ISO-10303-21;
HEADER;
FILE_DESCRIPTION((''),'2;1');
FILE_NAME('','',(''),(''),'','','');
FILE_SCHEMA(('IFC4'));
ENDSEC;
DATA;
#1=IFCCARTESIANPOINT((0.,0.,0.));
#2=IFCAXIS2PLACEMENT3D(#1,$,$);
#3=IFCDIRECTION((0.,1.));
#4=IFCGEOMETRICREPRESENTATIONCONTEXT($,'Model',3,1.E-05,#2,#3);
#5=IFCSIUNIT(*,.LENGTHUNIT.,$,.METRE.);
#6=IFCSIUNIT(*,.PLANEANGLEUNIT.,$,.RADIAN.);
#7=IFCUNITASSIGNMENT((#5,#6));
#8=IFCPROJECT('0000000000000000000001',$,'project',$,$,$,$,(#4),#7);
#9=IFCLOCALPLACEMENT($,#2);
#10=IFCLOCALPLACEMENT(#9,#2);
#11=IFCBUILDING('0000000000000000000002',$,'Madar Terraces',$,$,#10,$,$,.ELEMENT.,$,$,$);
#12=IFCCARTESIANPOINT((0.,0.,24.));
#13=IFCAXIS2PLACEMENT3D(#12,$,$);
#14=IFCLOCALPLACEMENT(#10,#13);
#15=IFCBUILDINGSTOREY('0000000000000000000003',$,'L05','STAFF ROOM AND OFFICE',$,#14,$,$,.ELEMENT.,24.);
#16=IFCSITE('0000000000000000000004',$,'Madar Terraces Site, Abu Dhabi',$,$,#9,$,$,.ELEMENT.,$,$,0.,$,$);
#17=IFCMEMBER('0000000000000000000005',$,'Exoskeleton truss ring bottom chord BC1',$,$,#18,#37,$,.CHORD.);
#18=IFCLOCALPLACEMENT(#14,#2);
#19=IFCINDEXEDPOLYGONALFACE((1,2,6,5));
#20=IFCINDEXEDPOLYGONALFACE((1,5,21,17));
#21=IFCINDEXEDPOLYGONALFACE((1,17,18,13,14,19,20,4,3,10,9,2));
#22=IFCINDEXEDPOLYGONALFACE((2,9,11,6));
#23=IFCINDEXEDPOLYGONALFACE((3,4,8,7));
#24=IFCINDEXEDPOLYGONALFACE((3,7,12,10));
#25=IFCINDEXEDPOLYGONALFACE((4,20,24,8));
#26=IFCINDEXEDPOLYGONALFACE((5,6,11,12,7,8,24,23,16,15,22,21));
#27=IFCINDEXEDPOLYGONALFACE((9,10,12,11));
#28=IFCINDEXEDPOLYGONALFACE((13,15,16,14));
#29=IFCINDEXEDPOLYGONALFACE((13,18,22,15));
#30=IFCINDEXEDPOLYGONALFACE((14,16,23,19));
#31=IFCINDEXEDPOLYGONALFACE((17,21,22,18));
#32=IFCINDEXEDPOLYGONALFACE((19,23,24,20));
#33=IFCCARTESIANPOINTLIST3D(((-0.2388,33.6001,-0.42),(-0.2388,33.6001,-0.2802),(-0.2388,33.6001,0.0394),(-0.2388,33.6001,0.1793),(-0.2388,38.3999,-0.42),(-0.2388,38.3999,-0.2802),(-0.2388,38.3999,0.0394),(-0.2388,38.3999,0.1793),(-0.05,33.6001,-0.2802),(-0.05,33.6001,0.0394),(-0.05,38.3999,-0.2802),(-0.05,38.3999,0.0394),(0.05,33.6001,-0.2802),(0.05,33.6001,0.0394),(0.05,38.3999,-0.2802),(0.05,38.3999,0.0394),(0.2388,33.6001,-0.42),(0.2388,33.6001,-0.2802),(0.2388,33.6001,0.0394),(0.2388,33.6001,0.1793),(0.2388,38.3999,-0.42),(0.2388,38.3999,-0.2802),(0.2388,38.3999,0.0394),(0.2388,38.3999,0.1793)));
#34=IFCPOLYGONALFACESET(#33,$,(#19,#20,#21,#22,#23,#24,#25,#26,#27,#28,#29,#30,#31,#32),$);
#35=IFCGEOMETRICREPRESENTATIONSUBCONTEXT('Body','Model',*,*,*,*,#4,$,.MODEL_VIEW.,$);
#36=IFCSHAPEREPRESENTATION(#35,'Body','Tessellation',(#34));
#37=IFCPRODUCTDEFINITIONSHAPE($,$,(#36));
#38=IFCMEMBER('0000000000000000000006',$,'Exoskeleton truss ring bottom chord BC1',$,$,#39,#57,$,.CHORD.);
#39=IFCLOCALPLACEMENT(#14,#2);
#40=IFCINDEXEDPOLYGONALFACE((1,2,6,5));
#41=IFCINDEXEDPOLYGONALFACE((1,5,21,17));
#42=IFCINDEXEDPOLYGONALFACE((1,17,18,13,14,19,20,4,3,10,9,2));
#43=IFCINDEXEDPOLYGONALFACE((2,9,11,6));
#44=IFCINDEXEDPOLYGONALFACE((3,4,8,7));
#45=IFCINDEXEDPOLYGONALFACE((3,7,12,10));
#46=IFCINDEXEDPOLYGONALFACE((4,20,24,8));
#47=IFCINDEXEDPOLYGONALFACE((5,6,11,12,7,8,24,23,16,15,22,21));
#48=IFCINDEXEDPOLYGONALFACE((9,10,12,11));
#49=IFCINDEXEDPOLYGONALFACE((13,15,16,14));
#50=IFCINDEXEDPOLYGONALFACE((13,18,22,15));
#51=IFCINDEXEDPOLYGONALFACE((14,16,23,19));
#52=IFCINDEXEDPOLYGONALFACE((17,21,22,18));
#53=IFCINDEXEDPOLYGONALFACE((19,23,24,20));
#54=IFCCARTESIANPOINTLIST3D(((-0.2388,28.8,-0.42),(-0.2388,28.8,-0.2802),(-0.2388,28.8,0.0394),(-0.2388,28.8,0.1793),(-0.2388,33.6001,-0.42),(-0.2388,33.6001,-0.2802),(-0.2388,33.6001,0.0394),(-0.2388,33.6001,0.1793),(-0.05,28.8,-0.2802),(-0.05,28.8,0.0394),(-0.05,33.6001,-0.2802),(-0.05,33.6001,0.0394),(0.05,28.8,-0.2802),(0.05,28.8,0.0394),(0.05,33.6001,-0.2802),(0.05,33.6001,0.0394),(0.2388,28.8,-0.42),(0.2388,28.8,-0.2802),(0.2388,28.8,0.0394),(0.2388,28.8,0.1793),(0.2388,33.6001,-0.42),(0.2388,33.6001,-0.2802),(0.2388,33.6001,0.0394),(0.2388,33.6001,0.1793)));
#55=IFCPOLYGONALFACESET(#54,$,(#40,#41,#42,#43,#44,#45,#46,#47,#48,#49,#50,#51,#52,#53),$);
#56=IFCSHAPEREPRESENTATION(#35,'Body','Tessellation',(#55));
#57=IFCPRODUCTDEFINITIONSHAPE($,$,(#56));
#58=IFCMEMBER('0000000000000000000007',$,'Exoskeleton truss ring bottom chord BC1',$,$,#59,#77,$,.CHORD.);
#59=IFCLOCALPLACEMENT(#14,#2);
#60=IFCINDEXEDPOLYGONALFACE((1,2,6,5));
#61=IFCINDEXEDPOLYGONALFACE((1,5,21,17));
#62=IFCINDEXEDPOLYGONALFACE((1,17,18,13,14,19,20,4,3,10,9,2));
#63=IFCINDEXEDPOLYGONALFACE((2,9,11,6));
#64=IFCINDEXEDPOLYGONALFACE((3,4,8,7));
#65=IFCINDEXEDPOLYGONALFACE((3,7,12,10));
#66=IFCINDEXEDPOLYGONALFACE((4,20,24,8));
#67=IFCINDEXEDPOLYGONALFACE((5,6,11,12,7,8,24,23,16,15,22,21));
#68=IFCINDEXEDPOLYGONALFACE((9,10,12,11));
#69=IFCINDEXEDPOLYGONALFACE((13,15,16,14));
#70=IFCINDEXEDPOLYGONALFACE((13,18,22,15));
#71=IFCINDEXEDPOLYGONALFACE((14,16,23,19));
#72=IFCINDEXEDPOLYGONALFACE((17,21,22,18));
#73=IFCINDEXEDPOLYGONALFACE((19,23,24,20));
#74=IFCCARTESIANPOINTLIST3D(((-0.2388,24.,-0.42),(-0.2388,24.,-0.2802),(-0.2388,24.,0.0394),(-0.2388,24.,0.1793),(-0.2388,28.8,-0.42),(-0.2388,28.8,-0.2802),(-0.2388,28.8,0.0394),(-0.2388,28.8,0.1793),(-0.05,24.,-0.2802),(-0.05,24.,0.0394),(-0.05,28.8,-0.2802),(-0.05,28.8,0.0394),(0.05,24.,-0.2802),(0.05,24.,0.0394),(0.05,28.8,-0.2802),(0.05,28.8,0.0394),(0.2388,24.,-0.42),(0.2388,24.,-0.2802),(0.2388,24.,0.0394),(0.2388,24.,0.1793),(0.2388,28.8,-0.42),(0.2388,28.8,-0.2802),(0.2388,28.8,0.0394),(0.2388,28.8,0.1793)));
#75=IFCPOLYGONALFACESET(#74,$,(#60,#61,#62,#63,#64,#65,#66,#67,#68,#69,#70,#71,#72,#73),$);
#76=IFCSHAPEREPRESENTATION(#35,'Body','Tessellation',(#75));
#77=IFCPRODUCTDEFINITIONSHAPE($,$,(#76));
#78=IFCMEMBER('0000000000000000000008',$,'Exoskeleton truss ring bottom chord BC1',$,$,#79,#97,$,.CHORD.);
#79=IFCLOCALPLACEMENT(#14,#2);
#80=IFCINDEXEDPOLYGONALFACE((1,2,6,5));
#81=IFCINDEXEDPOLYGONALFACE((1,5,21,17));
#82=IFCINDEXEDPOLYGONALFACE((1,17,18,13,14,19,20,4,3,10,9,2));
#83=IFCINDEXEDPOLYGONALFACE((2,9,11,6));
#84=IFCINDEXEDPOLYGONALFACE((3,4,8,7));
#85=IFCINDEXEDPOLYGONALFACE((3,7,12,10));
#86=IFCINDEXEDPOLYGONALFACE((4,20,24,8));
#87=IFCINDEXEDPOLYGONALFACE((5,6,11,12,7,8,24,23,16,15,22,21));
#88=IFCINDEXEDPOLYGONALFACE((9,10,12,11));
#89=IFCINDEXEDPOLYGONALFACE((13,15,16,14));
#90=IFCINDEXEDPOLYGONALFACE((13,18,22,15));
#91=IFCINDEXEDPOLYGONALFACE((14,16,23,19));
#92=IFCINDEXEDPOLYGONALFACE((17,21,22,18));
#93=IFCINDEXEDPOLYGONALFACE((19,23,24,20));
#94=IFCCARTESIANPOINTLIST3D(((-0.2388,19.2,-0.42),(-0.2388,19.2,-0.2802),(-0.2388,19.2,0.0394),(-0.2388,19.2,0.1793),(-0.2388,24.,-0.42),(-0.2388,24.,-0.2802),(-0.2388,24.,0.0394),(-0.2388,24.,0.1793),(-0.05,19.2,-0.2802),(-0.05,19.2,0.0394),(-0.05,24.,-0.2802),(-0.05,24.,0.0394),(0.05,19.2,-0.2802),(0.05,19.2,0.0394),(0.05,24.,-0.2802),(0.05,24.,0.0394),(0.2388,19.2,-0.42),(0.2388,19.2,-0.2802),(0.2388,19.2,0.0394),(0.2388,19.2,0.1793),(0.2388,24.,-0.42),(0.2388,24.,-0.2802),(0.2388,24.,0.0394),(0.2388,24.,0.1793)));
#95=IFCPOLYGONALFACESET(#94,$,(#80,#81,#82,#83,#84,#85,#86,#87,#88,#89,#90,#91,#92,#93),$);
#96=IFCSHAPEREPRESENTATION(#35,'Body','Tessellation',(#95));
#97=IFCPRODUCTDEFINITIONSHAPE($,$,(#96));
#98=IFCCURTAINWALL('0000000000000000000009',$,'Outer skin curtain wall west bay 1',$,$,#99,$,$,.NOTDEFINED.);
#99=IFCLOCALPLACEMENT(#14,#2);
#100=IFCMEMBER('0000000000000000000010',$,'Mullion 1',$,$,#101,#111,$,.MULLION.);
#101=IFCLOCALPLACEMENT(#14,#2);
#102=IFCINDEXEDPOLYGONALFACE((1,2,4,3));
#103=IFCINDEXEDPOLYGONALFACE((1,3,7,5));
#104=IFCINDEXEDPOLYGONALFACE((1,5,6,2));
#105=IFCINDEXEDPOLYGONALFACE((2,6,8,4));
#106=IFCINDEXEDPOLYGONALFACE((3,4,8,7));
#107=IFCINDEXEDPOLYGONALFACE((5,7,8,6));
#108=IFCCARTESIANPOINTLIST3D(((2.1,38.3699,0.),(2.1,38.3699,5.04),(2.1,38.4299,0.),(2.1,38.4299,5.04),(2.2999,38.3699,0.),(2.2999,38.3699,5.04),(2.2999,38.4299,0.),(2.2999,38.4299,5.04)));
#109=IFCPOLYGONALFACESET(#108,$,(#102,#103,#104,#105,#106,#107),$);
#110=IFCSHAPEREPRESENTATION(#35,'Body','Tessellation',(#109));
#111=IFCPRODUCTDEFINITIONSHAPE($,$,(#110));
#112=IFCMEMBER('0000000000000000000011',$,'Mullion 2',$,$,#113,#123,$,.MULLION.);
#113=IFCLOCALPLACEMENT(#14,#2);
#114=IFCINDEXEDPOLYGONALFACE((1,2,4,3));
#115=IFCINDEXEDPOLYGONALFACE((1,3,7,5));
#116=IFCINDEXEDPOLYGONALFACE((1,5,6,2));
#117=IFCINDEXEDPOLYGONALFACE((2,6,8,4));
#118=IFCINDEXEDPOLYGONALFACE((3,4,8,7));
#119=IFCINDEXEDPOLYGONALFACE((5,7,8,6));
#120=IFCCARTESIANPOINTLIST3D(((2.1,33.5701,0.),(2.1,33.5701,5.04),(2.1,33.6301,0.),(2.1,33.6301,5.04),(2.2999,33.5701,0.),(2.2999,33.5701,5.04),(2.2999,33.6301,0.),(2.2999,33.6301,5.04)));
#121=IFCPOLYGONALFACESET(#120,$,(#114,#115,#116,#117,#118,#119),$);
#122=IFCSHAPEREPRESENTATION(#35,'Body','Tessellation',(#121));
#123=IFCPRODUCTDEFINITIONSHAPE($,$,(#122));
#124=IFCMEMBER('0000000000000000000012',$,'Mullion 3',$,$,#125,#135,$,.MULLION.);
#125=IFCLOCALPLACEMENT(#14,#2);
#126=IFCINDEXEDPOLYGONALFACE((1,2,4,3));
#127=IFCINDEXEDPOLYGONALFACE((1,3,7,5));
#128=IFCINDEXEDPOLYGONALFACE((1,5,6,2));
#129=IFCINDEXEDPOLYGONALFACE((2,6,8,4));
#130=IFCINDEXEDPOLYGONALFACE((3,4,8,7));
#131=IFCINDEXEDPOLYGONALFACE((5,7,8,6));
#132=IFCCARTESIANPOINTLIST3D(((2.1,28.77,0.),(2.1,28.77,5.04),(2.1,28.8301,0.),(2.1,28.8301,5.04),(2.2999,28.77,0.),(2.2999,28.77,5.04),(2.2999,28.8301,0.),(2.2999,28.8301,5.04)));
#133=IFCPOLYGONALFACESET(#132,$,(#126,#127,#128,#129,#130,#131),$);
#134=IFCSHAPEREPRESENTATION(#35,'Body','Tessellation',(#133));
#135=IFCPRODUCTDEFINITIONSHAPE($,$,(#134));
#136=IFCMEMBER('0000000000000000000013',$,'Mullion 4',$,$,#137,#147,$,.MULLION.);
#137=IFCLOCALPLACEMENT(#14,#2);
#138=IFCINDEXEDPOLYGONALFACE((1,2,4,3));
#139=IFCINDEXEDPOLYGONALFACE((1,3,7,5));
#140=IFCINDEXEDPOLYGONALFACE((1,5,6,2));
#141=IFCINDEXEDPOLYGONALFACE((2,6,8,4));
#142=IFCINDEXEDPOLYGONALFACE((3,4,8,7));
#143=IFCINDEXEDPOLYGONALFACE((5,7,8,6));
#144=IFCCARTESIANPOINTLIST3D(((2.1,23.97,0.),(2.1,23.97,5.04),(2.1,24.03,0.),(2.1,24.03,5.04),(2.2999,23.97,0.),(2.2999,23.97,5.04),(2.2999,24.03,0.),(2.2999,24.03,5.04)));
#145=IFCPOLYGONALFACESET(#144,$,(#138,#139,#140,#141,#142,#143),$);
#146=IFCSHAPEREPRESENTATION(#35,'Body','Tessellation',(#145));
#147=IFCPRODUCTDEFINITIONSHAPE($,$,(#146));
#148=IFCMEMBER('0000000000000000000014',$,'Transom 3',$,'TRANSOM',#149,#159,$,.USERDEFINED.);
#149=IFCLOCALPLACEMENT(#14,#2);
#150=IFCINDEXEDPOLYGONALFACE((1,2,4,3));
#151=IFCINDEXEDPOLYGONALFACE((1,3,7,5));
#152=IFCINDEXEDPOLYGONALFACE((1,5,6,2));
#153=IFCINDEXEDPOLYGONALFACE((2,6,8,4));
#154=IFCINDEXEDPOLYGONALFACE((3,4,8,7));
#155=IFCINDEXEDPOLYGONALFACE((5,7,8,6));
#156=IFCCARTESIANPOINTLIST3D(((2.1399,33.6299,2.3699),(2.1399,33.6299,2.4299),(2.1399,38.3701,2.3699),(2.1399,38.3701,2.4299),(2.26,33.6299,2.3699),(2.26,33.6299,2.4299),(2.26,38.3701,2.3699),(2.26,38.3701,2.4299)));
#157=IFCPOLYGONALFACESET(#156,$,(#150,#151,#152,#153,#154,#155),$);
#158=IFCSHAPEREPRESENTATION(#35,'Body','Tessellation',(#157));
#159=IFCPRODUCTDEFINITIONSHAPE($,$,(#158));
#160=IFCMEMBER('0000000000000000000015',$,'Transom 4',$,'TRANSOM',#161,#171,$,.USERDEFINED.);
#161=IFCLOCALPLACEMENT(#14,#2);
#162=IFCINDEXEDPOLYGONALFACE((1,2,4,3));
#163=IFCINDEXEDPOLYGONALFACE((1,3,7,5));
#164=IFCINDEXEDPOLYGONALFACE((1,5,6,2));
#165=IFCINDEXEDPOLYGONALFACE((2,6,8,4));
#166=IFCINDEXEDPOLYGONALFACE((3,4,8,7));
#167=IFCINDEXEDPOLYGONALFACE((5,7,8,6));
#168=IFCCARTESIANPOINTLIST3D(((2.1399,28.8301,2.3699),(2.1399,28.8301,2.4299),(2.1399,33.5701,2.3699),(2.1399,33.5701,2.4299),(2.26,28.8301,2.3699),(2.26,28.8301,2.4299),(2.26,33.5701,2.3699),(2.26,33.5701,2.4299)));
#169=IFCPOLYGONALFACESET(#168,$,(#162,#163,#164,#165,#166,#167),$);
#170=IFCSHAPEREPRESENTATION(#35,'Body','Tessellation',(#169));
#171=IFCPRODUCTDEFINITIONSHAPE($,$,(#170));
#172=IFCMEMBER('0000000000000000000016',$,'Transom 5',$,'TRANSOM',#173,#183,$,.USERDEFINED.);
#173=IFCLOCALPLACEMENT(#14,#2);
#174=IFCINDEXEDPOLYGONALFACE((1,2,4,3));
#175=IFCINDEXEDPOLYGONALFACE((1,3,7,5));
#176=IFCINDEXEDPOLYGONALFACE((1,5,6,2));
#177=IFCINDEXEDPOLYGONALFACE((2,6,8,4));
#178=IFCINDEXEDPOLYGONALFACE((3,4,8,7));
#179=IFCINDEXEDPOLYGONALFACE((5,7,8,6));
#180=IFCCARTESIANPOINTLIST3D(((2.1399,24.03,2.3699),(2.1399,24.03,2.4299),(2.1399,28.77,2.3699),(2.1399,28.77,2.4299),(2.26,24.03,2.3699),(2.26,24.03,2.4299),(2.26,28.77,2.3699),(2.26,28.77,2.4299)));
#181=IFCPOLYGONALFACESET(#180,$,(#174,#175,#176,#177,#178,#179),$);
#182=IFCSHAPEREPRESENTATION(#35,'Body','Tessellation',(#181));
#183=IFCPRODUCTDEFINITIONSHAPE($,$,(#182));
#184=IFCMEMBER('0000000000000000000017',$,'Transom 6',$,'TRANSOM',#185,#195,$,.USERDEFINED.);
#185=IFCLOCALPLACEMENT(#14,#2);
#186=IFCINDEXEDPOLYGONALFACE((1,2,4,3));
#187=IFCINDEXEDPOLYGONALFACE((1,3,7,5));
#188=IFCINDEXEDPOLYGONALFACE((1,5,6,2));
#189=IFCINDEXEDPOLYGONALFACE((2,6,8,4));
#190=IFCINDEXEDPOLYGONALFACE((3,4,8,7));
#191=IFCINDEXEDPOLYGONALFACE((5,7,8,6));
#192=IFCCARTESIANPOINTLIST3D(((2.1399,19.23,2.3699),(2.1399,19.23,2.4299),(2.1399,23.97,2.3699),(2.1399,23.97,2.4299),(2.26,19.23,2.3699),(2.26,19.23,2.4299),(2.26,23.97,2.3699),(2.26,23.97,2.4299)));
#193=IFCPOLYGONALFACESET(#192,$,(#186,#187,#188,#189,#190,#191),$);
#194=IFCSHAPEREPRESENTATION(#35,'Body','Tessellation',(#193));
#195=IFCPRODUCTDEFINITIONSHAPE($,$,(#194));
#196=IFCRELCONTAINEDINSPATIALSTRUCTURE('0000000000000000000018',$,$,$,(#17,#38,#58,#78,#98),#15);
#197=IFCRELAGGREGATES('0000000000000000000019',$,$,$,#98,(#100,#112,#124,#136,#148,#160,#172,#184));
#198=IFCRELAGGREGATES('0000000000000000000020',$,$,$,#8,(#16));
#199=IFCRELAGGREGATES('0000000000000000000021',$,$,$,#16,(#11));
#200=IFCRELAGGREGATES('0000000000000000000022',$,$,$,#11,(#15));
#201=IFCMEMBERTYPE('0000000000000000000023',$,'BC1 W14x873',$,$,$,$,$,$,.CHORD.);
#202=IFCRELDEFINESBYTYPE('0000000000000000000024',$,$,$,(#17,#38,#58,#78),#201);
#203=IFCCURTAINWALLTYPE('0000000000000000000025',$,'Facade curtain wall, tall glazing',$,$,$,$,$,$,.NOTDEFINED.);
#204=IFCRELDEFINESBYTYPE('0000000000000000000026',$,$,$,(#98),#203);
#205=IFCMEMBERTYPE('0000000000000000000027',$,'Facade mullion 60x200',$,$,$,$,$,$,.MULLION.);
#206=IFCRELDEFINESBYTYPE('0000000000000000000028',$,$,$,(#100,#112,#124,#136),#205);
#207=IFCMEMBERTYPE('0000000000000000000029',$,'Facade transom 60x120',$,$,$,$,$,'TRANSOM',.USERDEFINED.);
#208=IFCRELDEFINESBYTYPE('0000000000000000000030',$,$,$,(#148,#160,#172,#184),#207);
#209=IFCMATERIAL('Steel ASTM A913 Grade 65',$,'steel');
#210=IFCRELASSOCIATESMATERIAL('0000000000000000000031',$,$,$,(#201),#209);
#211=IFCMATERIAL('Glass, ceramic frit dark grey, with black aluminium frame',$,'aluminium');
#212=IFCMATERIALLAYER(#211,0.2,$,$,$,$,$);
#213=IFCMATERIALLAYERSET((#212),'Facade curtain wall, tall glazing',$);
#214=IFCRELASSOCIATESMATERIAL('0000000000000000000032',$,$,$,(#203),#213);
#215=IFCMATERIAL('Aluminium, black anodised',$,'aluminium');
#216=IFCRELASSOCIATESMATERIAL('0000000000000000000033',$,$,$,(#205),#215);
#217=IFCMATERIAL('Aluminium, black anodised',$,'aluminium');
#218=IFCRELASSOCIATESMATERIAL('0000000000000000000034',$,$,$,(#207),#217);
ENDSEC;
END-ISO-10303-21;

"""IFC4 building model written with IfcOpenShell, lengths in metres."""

from ifc_helpers import new_model, si_unit, direction, frame, origin, origin_2d, place, context, subcontext, project, spatial, rectangle, i_section, extrude, material, layer, layer_set, material_profile, profile_set, type_object, element, aggregate, save


model = new_model("IFC4")

# Units and contexts
model_context = context("Model", 3, precision=1e-05, world=origin(), true_north=direction((0.0, 1.0)))
body_context = subcontext(model_context, "Body", "Model", "MODEL_VIEW")
ifc_project = project(units=[si_unit("LENGTHUNIT", "METRE"), si_unit("PLANEANGLEUNIT", "RADIAN")], contexts=[model_context])

# Site, building, storey
site_placement = place(None, origin())
site = spatial("IfcSite", under=ifc_project, at=site_placement, Name="Madar Terraces Site, Abu Dhabi", CompositionType="ELEMENT", RefElevation=0.0)
building_placement = place(site_placement, origin())
building = spatial("IfcBuilding", under=site, at=building_placement, Name="Madar Terraces", CompositionType="ELEMENT")
storey_placement = place(building_placement, frame((0.0, 0.0, 24.0)))
storey = spatial("IfcBuildingStorey", under=building, at=storey_placement, Name="L05", Description="STAFF ROOM AND OFFICE", CompositionType="ELEMENT", Elevation=24.0)

# Members
ifc_material_1 = material(Name="Steel ASTM A913 Grade 65", Category="steel")
ifc_material_profile_1 = material_profile(ifc_material_1, i_section(OverallWidth=0.4775, OverallDepth=0.5994, WebThickness=0.1001, FlangeThickness=0.1399, at=origin_2d()), Name="W14x873")
ifc_profile_set_1 = profile_set([ifc_material_profile_1], Name="Steel ASTM A913 Grade 65")
member_type_1 = type_object("IfcMemberType", Name="BC1 W14x873", PredefinedType="CHORD", material=ifc_profile_set_1)
member_1_placement = place(storey_placement, frame((0.0, 38.3999, -0.1204), z_axis=(0.0, -1.0, 0.0), x_axis=(1.0, 0.0, 0.0)))
element("IfcMember", 1, at=member_1_placement, inside=storey, type_object=member_type_1, Name="Exoskeleton truss ring bottom chord BC1", PredefinedType="CHORD", context=body_context, shape_type="SweptSolid", body=[
    extrude(i_section(OverallWidth=0.4775, OverallDepth=0.5994, WebThickness=0.1001, FlangeThickness=0.1399, at=origin_2d()), origin(), (0.0, 0.0, 1.0), 4.7998),
])
for number, where, z_axis, x_axis, name in (
    (2, (0.0, 33.6001, -0.1204), (0.0, -1.0, 0.0), (1.0, 0.0, 0.0), "Exoskeleton truss ring bottom chord BC1"),
    (3, (0.0, 28.8, -0.1204), (0.0, -1.0, 0.0), (1.0, 0.0, 0.0), "Exoskeleton truss ring bottom chord BC1"),
    (4, (0.0, 24.0, -0.1204), (0.0, -1.0, 0.0), (1.0, 0.0, 0.0), "Exoskeleton truss ring bottom chord BC1"),
):
    element("IfcMember", number, at=place(storey_placement, frame(where, z_axis=z_axis, x_axis=x_axis)), inside=storey, type_object=member_type_1, Name=name, PredefinedType="CHORD", context=body_context, shape_type="SweptSolid", body=[
        extrude(i_section(OverallWidth=0.4775, OverallDepth=0.5994, WebThickness=0.1001, FlangeThickness=0.1399, at=origin_2d()), origin(), (0.0, 0.0, 1.0), 4.8),
    ])

# Curtain wall, members
ifc_material_2 = material(Name="Glass, ceramic frit dark grey, with black aluminium frame", Category="aluminium")
ifc_layer_1 = layer(ifc_material_2, 0.2)
ifc_layer_set_1 = layer_set([ifc_layer_1], Name="Facade curtain wall, tall glazing")
curtain_wall_type = type_object("IfcCurtainWallType", Name="Facade curtain wall, tall glazing", PredefinedType="NOTDEFINED", material=ifc_layer_set_1)
curtain_wall_placement = place(storey_placement, origin())
curtain_wall = element("IfcCurtainWall", 5, at=curtain_wall_placement, inside=storey, type_object=curtain_wall_type, Name="Outer skin curtain wall west bay 1", PredefinedType="NOTDEFINED")
ifc_material_3 = material(Name="Aluminium, black anodised", Category="aluminium")
ifc_material_profile_2 = material_profile(ifc_material_3, rectangle(XDim=0.2, YDim=0.0601, at=origin_2d()), Name="Facade mullion 60x200")
ifc_profile_set_2 = profile_set([ifc_material_profile_2], Name="Aluminium, black anodised")
member_type_2 = type_object("IfcMemberType", Name="Facade mullion 60x200", PredefinedType="MULLION", material=ifc_profile_set_2)
member_2_placement = place(storey_placement, frame((2.2, 38.3999, 0.0), z_axis=(0.0, 0.0, 1.0), x_axis=(1.0, 0.0, 0.0)))
member_2 = element("IfcMember", 6, at=member_2_placement, type_object=member_type_2, Name="Mullion 1", PredefinedType="MULLION", context=body_context, shape_type="SweptSolid", body=[
    extrude(rectangle(XDim=0.2, YDim=0.0601, at=origin_2d()), origin(), (0.0, 0.0, 1.0), 5.04),
])
member_3_placement = place(storey_placement, frame((2.2, 33.6001, 0.0), z_axis=(0.0, 0.0, 1.0), x_axis=(1.0, 0.0, 0.0)))
member_3 = element("IfcMember", 7, at=member_3_placement, type_object=member_type_2, Name="Mullion 2", PredefinedType="MULLION", context=body_context, shape_type="SweptSolid", body=[
    extrude(rectangle(XDim=0.2, YDim=0.0601, at=origin_2d()), origin(), (0.0, 0.0, 1.0), 5.04),
])
member_4_placement = place(storey_placement, frame((2.2, 28.8, 0.0), z_axis=(0.0, 0.0, 1.0), x_axis=(1.0, 0.0, 0.0)))
member_4 = element("IfcMember", 8, at=member_4_placement, type_object=member_type_2, Name="Mullion 3", PredefinedType="MULLION", context=body_context, shape_type="SweptSolid", body=[
    extrude(rectangle(XDim=0.2, YDim=0.0601, at=origin_2d()), origin(), (0.0, 0.0, 1.0), 5.04),
])
member_5_placement = place(storey_placement, frame((2.2, 24.0, 0.0), z_axis=(0.0, 0.0, 1.0), x_axis=(1.0, 0.0, 0.0)))
member_5 = element("IfcMember", 9, at=member_5_placement, type_object=member_type_2, Name="Mullion 4", PredefinedType="MULLION", context=body_context, shape_type="SweptSolid", body=[
    extrude(rectangle(XDim=0.2, YDim=0.0601, at=origin_2d()), origin(), (0.0, 0.0, 1.0), 5.04),
])
ifc_material_4 = material(Name="Aluminium, black anodised", Category="aluminium")
ifc_material_profile_3 = material_profile(ifc_material_4, rectangle(XDim=0.1201, YDim=0.0601, at=origin_2d()), Name="Facade transom 60x120")
ifc_profile_set_3 = profile_set([ifc_material_profile_3], Name="Aluminium, black anodised")
member_type_3 = type_object("IfcMemberType", Name="Facade transom 60x120", ElementType="TRANSOM", PredefinedType="USERDEFINED", material=ifc_profile_set_3)
member_6_placement = place(storey_placement, frame((2.2, 38.3701, 2.3999), z_axis=(0.0, -1.0, 0.0), x_axis=(1.0, 0.0, 0.0)))
member_6 = element("IfcMember", 10, at=member_6_placement, type_object=member_type_3, Name="Transom 3", ObjectType="TRANSOM", PredefinedType="USERDEFINED", context=body_context, shape_type="SweptSolid", body=[
    extrude(rectangle(XDim=0.1201, YDim=0.0601, at=origin_2d()), origin(), (0.0, 0.0, 1.0), 4.7402),
])
member_7_placement = place(storey_placement, frame((2.2, 33.5701, 2.3999), z_axis=(0.0, -1.0, 0.0), x_axis=(1.0, 0.0, 0.0)))
member_7 = element("IfcMember", 11, at=member_7_placement, type_object=member_type_3, Name="Transom 4", ObjectType="TRANSOM", PredefinedType="USERDEFINED", context=body_context, shape_type="SweptSolid", body=[
    extrude(rectangle(XDim=0.1201, YDim=0.0601, at=origin_2d()), origin(), (0.0, 0.0, 1.0), 4.74),
])
member_8_placement = place(storey_placement, frame((2.2, 28.77, 2.3999), z_axis=(0.0, -1.0, 0.0), x_axis=(1.0, 0.0, 0.0)))
member_8 = element("IfcMember", 12, at=member_8_placement, type_object=member_type_3, Name="Transom 5", ObjectType="TRANSOM", PredefinedType="USERDEFINED", context=body_context, shape_type="SweptSolid", body=[
    extrude(rectangle(XDim=0.1201, YDim=0.0601, at=origin_2d()), origin(), (0.0, 0.0, 1.0), 4.74),
])
member_9_placement = place(storey_placement, frame((2.2, 23.97, 2.3999), z_axis=(0.0, -1.0, 0.0), x_axis=(1.0, 0.0, 0.0)))
member_9 = element("IfcMember", 13, at=member_9_placement, type_object=member_type_3, Name="Transom 6", ObjectType="TRANSOM", PredefinedType="USERDEFINED", context=body_context, shape_type="SweptSolid", body=[
    extrude(rectangle(XDim=0.1201, YDim=0.0601, at=origin_2d()), origin(), (0.0, 0.0, 1.0), 4.74),
])

aggregate(curtain_wall, [member_2, member_3, member_4, member_5, member_6, member_7, member_8, member_9])

save(model, "model.ifc")
